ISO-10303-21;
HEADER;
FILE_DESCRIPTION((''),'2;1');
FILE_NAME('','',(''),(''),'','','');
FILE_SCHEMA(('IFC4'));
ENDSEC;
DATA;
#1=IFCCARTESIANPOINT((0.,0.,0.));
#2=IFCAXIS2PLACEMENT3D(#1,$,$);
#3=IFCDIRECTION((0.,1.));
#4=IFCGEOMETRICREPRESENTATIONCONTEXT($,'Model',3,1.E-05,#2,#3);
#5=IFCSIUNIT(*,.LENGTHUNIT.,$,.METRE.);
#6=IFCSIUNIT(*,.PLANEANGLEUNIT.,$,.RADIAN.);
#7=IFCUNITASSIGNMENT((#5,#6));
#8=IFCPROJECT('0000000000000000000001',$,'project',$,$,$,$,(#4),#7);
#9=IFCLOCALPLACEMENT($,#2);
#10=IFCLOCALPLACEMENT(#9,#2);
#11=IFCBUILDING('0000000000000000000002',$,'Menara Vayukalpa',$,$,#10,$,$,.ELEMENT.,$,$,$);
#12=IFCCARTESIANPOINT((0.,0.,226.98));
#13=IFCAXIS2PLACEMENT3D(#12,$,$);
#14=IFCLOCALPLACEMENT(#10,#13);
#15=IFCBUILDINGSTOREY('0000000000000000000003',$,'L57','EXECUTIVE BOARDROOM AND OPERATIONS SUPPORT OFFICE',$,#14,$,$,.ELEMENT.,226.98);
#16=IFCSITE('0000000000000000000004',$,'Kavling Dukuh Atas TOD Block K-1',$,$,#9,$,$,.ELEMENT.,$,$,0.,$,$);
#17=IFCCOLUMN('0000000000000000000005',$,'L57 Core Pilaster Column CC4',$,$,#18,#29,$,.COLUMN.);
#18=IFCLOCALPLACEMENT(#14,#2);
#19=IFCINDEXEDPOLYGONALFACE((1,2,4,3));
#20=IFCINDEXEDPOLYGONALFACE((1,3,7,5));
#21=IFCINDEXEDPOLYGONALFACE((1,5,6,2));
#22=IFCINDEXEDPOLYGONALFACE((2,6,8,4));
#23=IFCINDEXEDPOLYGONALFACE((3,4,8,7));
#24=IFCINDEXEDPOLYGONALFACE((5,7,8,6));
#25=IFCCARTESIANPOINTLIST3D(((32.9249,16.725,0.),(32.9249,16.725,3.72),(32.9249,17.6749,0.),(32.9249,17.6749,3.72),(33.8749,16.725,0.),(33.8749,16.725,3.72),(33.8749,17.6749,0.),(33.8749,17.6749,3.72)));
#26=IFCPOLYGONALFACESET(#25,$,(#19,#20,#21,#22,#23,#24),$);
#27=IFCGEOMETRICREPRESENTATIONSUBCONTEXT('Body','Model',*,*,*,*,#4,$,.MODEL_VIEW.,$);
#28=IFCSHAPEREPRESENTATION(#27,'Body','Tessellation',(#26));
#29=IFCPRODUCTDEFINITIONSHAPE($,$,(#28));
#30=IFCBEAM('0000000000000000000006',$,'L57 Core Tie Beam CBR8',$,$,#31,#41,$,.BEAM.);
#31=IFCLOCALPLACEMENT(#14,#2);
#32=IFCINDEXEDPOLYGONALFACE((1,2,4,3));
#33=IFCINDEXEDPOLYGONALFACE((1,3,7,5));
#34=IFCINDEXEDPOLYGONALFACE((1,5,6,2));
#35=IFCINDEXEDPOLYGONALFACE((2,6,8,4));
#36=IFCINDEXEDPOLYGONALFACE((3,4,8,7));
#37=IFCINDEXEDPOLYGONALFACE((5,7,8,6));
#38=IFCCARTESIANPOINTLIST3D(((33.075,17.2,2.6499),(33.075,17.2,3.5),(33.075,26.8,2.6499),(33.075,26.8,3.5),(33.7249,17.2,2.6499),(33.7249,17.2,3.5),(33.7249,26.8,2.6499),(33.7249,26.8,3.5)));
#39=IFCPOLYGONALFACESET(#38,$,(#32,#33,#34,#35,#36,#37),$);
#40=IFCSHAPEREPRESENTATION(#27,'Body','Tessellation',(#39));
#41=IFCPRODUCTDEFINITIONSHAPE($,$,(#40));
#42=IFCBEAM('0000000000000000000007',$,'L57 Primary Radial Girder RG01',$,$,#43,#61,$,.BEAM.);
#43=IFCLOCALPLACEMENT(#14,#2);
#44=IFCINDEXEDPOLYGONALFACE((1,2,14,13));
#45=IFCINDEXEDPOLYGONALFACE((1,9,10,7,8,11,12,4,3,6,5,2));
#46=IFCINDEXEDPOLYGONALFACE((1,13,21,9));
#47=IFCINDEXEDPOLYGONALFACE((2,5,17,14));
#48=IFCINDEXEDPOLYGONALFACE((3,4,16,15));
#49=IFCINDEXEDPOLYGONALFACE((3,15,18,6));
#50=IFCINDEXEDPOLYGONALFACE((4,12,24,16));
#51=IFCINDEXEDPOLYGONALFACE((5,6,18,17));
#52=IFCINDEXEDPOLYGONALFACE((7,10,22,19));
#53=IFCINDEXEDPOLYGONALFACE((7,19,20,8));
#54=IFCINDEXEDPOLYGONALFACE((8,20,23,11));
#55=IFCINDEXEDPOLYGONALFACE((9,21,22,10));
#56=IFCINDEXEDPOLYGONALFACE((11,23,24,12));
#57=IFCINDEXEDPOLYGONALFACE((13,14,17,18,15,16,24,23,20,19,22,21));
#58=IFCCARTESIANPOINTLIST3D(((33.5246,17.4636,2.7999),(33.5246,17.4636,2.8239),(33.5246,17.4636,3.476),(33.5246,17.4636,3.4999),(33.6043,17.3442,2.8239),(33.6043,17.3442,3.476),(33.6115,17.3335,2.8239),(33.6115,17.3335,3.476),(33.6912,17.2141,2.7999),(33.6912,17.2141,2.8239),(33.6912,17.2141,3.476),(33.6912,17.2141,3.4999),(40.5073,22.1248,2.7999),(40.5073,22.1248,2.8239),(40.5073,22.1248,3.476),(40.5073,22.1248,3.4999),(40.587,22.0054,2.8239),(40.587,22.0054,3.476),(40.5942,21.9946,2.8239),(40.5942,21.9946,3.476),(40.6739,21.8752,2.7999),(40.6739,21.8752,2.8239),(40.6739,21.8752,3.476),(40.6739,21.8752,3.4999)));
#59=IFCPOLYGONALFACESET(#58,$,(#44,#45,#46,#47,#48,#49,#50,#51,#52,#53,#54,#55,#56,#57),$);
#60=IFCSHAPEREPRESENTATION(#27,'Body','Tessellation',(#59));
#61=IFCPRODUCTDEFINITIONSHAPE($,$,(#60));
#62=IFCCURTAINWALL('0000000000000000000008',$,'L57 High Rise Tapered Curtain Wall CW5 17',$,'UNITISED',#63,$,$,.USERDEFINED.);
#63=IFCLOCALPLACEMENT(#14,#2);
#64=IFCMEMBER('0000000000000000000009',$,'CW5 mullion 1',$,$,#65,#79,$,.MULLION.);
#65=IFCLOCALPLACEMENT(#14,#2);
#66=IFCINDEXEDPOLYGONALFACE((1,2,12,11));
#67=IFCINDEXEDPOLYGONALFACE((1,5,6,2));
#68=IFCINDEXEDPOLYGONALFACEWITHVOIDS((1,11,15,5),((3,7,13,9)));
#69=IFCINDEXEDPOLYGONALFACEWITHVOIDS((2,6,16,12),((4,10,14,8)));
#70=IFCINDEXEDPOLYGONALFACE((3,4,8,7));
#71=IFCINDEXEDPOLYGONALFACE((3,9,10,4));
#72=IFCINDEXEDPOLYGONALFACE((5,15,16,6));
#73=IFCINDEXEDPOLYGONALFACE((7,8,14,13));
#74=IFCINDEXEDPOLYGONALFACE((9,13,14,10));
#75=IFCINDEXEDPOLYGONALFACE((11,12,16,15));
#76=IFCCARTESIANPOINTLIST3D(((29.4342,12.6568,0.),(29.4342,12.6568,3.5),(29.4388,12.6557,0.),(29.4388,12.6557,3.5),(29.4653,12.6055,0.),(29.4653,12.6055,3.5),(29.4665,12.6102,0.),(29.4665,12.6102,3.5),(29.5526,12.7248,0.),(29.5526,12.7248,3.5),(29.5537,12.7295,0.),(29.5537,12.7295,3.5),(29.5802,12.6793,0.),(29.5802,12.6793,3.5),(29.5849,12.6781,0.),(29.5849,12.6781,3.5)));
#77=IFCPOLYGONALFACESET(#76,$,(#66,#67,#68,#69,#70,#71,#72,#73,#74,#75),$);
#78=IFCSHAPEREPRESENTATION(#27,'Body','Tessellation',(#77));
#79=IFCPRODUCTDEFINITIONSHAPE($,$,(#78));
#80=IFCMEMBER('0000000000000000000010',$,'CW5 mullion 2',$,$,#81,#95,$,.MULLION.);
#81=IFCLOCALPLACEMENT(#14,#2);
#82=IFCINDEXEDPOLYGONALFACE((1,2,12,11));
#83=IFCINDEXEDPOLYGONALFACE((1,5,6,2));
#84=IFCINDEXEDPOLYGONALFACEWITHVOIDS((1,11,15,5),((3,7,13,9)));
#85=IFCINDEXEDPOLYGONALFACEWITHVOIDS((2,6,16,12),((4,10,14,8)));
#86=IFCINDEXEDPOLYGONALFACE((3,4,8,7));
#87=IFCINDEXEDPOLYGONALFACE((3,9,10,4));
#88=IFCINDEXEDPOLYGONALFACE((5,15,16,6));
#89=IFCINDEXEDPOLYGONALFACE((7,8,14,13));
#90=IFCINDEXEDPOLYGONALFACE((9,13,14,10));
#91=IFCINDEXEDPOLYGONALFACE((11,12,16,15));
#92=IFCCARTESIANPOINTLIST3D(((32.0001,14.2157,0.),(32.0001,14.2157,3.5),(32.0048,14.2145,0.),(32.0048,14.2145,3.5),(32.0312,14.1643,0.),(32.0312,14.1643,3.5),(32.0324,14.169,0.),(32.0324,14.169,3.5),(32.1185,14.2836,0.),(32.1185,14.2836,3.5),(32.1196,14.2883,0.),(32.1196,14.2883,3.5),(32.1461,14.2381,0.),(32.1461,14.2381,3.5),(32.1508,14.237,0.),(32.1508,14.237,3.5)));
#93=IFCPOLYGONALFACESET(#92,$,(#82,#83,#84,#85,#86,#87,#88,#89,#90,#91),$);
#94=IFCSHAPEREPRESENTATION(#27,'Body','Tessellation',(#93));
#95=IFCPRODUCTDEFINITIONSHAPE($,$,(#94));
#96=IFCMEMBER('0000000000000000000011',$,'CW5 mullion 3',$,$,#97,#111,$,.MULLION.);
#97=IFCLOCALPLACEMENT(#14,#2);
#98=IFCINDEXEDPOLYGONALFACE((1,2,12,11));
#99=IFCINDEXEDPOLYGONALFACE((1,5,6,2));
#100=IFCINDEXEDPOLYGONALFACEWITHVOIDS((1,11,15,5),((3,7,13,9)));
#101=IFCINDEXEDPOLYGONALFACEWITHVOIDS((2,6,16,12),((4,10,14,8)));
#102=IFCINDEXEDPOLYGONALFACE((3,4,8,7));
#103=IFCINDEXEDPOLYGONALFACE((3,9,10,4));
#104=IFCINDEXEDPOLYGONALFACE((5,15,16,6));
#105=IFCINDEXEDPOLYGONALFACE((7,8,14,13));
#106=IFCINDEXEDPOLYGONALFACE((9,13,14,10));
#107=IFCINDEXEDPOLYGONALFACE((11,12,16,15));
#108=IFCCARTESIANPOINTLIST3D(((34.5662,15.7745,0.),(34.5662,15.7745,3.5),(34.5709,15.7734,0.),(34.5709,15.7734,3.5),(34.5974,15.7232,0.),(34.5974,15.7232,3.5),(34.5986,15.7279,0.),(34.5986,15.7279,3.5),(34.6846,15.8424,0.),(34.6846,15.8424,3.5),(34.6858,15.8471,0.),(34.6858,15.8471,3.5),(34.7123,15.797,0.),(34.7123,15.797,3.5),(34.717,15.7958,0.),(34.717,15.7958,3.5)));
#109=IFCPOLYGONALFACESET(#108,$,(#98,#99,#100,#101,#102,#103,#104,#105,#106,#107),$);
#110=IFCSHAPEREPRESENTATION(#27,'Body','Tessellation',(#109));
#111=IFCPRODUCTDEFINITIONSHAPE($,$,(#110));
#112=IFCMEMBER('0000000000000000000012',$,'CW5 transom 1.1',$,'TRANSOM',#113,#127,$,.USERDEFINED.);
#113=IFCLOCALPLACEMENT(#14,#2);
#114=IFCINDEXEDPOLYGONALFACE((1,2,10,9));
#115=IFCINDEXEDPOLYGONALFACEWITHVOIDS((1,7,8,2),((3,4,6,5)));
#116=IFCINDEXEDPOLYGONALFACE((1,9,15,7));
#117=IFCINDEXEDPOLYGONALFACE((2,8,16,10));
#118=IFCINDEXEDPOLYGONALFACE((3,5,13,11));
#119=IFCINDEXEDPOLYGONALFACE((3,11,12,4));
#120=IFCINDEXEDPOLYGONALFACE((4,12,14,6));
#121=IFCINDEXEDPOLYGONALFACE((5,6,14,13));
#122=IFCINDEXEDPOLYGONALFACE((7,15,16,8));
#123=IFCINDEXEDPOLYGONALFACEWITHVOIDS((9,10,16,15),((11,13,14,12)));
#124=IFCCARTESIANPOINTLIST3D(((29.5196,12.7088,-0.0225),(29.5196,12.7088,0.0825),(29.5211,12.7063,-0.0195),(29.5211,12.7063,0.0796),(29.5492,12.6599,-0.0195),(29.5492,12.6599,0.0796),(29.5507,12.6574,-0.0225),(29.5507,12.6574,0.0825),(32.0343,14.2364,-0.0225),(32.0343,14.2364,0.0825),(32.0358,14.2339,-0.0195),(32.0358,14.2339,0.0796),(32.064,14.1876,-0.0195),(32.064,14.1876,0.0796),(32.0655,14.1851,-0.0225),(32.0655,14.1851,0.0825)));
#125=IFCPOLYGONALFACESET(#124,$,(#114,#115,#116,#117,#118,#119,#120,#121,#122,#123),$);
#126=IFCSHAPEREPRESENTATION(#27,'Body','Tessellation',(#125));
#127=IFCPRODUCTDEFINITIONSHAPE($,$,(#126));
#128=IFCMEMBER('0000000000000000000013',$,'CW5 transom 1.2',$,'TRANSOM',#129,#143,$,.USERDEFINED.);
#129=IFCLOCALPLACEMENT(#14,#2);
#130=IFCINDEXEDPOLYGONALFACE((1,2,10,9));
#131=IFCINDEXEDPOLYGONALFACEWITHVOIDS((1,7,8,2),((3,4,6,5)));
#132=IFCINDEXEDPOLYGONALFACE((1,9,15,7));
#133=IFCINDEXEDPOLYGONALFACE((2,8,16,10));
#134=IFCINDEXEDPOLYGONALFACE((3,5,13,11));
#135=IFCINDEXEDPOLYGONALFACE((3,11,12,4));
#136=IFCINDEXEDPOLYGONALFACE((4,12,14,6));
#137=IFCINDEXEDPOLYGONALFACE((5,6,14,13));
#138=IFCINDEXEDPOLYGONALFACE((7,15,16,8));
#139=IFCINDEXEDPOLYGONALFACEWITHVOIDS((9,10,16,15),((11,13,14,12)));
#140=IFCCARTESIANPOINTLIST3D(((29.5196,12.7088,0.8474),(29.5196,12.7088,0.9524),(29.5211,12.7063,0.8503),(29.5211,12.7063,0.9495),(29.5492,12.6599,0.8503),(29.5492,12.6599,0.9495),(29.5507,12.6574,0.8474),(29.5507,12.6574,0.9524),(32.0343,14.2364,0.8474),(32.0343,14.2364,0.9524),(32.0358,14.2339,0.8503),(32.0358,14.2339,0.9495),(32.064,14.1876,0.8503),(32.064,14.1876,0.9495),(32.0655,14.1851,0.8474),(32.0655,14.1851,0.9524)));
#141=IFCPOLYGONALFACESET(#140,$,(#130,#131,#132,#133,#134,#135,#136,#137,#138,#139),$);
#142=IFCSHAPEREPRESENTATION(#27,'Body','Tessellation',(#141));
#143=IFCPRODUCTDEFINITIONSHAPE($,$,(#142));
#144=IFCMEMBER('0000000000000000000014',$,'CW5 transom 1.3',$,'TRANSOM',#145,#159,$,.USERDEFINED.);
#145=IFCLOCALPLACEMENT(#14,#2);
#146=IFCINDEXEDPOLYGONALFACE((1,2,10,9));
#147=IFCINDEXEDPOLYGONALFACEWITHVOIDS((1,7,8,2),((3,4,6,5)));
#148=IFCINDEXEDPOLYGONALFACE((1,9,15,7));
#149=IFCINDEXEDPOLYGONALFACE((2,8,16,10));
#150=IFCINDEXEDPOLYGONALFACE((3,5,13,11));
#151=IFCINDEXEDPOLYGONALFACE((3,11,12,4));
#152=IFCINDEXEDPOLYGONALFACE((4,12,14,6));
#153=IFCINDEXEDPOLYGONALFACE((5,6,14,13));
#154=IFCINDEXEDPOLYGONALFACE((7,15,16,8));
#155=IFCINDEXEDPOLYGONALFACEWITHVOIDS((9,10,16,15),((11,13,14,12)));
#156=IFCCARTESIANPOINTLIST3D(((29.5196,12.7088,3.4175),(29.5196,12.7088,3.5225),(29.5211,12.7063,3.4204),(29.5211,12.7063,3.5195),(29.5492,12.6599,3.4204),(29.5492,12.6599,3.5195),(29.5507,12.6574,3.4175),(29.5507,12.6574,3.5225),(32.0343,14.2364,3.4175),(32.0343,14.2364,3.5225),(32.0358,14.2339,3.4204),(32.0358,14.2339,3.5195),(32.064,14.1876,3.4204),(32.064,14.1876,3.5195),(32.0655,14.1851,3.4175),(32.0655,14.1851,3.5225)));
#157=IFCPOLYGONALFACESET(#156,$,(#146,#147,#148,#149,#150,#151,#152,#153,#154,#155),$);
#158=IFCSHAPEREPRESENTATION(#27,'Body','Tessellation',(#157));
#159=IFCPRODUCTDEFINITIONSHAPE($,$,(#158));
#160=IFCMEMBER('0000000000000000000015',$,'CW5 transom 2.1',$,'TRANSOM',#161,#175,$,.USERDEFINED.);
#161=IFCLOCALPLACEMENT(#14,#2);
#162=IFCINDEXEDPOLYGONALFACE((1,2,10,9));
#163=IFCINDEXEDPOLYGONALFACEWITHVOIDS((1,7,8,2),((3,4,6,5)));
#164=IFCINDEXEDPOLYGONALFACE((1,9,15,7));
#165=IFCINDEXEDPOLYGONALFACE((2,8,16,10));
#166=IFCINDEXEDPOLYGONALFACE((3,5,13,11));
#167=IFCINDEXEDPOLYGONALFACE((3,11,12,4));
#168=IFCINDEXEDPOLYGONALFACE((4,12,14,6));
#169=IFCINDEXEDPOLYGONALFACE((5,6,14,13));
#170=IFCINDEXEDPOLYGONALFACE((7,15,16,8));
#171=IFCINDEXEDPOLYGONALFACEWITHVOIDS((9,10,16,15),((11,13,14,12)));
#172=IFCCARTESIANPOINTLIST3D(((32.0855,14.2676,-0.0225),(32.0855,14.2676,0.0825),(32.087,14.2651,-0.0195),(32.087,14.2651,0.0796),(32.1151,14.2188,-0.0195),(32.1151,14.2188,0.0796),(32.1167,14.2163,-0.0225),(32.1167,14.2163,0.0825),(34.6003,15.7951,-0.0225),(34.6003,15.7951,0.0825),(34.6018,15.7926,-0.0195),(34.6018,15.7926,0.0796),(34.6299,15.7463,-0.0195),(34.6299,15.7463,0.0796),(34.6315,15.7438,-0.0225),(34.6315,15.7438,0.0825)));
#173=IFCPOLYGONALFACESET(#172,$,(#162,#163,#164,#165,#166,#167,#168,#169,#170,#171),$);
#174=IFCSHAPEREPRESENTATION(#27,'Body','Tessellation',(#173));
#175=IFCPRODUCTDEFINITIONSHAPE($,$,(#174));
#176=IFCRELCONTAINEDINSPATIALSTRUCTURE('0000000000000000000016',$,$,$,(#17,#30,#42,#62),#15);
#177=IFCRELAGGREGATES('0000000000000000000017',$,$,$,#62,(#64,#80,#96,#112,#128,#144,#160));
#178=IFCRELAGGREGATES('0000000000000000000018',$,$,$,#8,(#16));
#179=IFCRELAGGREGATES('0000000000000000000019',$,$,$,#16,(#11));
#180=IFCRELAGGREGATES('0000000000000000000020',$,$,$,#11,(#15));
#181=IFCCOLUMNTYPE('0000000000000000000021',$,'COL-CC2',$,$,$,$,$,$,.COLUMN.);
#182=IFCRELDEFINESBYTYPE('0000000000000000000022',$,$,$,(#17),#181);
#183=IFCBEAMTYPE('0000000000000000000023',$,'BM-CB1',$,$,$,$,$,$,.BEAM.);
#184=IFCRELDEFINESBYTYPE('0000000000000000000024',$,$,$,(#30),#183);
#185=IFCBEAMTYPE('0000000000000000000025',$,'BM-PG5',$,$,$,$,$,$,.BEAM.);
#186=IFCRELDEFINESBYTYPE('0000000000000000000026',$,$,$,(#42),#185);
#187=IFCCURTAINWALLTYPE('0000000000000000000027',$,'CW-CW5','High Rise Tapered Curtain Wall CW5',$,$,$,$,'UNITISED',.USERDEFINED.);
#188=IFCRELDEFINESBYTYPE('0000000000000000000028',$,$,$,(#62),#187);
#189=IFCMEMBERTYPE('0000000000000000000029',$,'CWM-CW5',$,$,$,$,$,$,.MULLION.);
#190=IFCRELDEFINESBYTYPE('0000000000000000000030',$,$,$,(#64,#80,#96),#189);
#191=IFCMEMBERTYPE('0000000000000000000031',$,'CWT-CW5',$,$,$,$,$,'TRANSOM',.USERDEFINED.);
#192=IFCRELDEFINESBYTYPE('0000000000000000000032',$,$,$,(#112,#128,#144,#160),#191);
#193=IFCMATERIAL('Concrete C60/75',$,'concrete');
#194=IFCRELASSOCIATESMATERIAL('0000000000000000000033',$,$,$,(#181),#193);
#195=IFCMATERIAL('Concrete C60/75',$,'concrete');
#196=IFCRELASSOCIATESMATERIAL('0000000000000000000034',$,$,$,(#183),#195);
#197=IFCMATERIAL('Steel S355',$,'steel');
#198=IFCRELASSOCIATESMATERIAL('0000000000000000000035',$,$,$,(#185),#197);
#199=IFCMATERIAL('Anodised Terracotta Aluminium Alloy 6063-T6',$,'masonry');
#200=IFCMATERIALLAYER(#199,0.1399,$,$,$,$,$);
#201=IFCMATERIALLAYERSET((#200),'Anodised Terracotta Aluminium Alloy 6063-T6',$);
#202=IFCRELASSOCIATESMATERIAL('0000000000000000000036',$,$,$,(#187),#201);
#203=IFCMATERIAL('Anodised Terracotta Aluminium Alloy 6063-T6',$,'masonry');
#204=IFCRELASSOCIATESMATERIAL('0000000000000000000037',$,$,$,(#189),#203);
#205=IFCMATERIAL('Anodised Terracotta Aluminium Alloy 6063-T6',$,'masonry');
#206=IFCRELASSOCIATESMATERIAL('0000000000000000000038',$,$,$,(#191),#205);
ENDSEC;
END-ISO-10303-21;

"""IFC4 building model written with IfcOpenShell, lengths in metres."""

from ifc_helpers import new_model, si_unit, direction, frame, origin, origin_2d, place, context, subcontext, project, spatial, rectangle, hollow_rectangle, i_section, extrude, material, layer, layer_set, material_profile, profile_set, type_object, element, aggregate, save


model = new_model("IFC4")

# Units and contexts
model_context = context("Model", 3, precision=1e-05, world=origin(), true_north=direction((0.0, 1.0)))
body_context = subcontext(model_context, "Body", "Model", "MODEL_VIEW")
ifc_project = project(units=[si_unit("LENGTHUNIT", "METRE"), si_unit("PLANEANGLEUNIT", "RADIAN")], contexts=[model_context])

# Site, building, storey
site_placement = place(None, origin())
site = spatial("IfcSite", under=ifc_project, at=site_placement, Name="Kavling Dukuh Atas TOD Block K-1", CompositionType="ELEMENT", RefElevation=0.0)
building_placement = place(site_placement, origin())
building = spatial("IfcBuilding", under=site, at=building_placement, Name="Menara Vayukalpa", CompositionType="ELEMENT")
storey_placement = place(building_placement, frame((0.0, 0.0, 226.98)))
storey = spatial("IfcBuildingStorey", under=building, at=storey_placement, Name="L57", Description="EXECUTIVE BOARDROOM AND OPERATIONS SUPPORT OFFICE", CompositionType="ELEMENT", Elevation=226.98)

# Column
ifc_material_1 = material(Name="Concrete C60/75", Category="concrete")
ifc_material_profile_1 = material_profile(ifc_material_1, rectangle(XDim=0.95, YDim=0.95, at=origin_2d()), Name="RC 950x950")
ifc_profile_set_1 = profile_set([ifc_material_profile_1], Name="Concrete C60/75")
column_type = type_object("IfcColumnType", Name="COL-CC2", PredefinedType="COLUMN", material=ifc_profile_set_1)
column_placement = place(storey_placement, frame((33.3999, 17.2, 0.0), z_axis=(0.0, 0.0, 1.0), x_axis=(1.0, 0.0, 0.0)))
element("IfcColumn", 1, at=column_placement, inside=storey, type_object=column_type, Name="L57 Core Pilaster Column CC4", PredefinedType="COLUMN", context=body_context, shape_type="SweptSolid", body=[
    extrude(rectangle(XDim=0.95, YDim=0.95, at=origin_2d()), origin(), (0.0, 0.0, 1.0), 3.72),
])

# Beams
ifc_material_2 = material(Name="Concrete C60/75", Category="concrete")
ifc_material_profile_2 = material_profile(ifc_material_2, rectangle(XDim=0.6499, YDim=0.8501, at=origin_2d()), Name="RC 650x850")
ifc_profile_set_2 = profile_set([ifc_material_profile_2], Name="Concrete C60/75")
beam_type_1 = type_object("IfcBeamType", Name="BM-CB1", PredefinedType="BEAM", material=ifc_profile_set_2)
beam_1_placement = place(storey_placement, frame((33.3999, 17.2, 3.075), z_axis=(0.0, 1.0, 0.0), x_axis=(-1.0, 0.0, 0.0)))
element("IfcBeam", 2, at=beam_1_placement, inside=storey, type_object=beam_type_1, Name="L57 Core Tie Beam CBR8", PredefinedType="BEAM", context=body_context, shape_type="SweptSolid", body=[
    extrude(rectangle(XDim=0.6499, YDim=0.8501, at=origin_2d()), origin(), (0.0, 0.0, 1.0), 9.6001),
])
ifc_material_3 = material(Name="Steel S355", Category="steel")
ifc_material_profile_3 = material_profile(ifc_material_3, i_section(OverallWidth=0.3, OverallDepth=0.7, WebThickness=0.0129, FlangeThickness=0.0239, at=origin_2d()), Name="WF 700x300x13x24")
ifc_profile_set_3 = profile_set([ifc_material_profile_3], Name="Steel S355")
beam_type_2 = type_object("IfcBeamType", Name="BM-PG5", PredefinedType="BEAM", material=ifc_profile_set_3)
beam_2_placement = place(storey_placement, frame((33.6079, 17.3389, 3.1499), z_axis=(0.831719, 0.555197, 0.0), x_axis=(-0.555197, 0.831719, 0.0)))
element("IfcBeam", 3, at=beam_2_placement, inside=storey, type_object=beam_type_2, Name="L57 Primary Radial Girder RG01", PredefinedType="BEAM", context=body_context, shape_type="SweptSolid", body=[
    extrude(i_section(OverallWidth=0.3, OverallDepth=0.7, WebThickness=0.0129, FlangeThickness=0.0239, at=origin_2d()), origin(), (0.0, 0.0, 1.0), 8.3955),
])

# Curtain wall, members
ifc_material_4 = material(Name="Anodised Terracotta Aluminium Alloy 6063-T6", Category="masonry")
ifc_layer_1 = layer(ifc_material_4, 0.1399)
ifc_layer_set_1 = layer_set([ifc_layer_1], Name="Anodised Terracotta Aluminium Alloy 6063-T6")
curtain_wall_type = type_object("IfcCurtainWallType", Name="CW-CW5", Description="High Rise Tapered Curtain Wall CW5", ElementType="UNITISED", PredefinedType="USERDEFINED", material=ifc_layer_set_1)
curtain_wall_placement = place(storey_placement, origin())
curtain_wall = element("IfcCurtainWall", 4, at=curtain_wall_placement, inside=storey, type_object=curtain_wall_type, Name="L57 High Rise Tapered Curtain Wall CW5 17", ObjectType="UNITISED", PredefinedType="USERDEFINED")
ifc_material_5 = material(Name="Anodised Terracotta Aluminium Alloy 6063-T6", Category="masonry")
ifc_material_profile_4 = material_profile(ifc_material_5, hollow_rectangle(XDim=0.0601, YDim=0.1399, WallThickness=0.0034, at=origin_2d()), Name="ALU 60x140x3.5")
ifc_profile_set_4 = profile_set([ifc_material_profile_4], Name="Anodised Terracotta Aluminium Alloy 6063-T6")
member_type_1 = type_object("IfcMemberType", Name="CWM-CW5", PredefinedType="MULLION", material=ifc_profile_set_4)
member_1_placement = place(storey_placement, frame((29.5095, 12.6675, 0.0), z_axis=(0.0, 0.0, 1.0), x_axis=(-0.51918, 0.854665, 0.0)))
member_1 = element("IfcMember", 5, at=member_1_placement, type_object=member_type_1, Name="CW5 mullion 1", PredefinedType="MULLION", context=body_context, shape_type="SweptSolid", body=[
    extrude(hollow_rectangle(XDim=0.0601, YDim=0.1399, WallThickness=0.0034, at=origin_2d()), origin(), (0.0, 0.0, 1.0), 3.5),
])
member_2_placement = place(storey_placement, frame((32.0754, 14.2263, 0.0), z_axis=(0.0, 0.0, 1.0), x_axis=(-0.51918, 0.854665, 0.0)))
member_2 = element("IfcMember", 6, at=member_2_placement, type_object=member_type_1, Name="CW5 mullion 2", PredefinedType="MULLION", context=body_context, shape_type="SweptSolid", body=[
    extrude(hollow_rectangle(XDim=0.0601, YDim=0.1399, WallThickness=0.0034, at=origin_2d()), origin(), (0.0, 0.0, 1.0), 3.5),
])
member_3_placement = place(storey_placement, frame((34.6416, 15.7852, 0.0), z_axis=(0.0, 0.0, 1.0), x_axis=(-0.51918, 0.854665, 0.0)))
member_3 = element("IfcMember", 7, at=member_3_placement, type_object=member_type_1, Name="CW5 mullion 3", PredefinedType="MULLION", context=body_context, shape_type="SweptSolid", body=[
    extrude(hollow_rectangle(XDim=0.0601, YDim=0.1399, WallThickness=0.0034, at=origin_2d()), origin(), (0.0, 0.0, 1.0), 3.5),
])
ifc_material_6 = material(Name="Anodised Terracotta Aluminium Alloy 6063-T6", Category="masonry")
ifc_material_profile_5 = material_profile(ifc_material_6, hollow_rectangle(XDim=0.0601, YDim=0.105, WallThickness=0.0029, at=origin_2d()), Name="ALU 60x105x3")
ifc_profile_set_5 = profile_set([ifc_material_profile_5], Name="Anodised Terracotta Aluminium Alloy 6063-T6")
member_type_2 = type_object("IfcMemberType", Name="CWT-CW5", ElementType="TRANSOM", PredefinedType="USERDEFINED", material=ifc_profile_set_5)
member_4_placement = place(storey_placement, frame((29.5352, 12.6831, 0.03), z_axis=(0.854661, 0.519186, 0.0), x_axis=(-0.519186, 0.854661, 0.0)))
member_4 = element("IfcMember", 8, at=member_4_placement, type_object=member_type_2, Name="CW5 transom 1.1", ObjectType="TRANSOM", PredefinedType="USERDEFINED", context=body_context, shape_type="SweptSolid", body=[
    extrude(hollow_rectangle(XDim=0.0601, YDim=0.105, WallThickness=0.0029, at=origin_2d()), origin(), (0.0, 0.0, 1.0), 2.9424),
])
member_5_placement = place(storey_placement, frame((29.5352, 12.6831, 0.8999), z_axis=(0.854661, 0.519186, 0.0), x_axis=(-0.519186, 0.854661, 0.0)))
member_5 = element("IfcMember", 9, at=member_5_placement, type_object=member_type_2, Name="CW5 transom 1.2", ObjectType="TRANSOM", PredefinedType="USERDEFINED", context=body_context, shape_type="SweptSolid", body=[
    extrude(hollow_rectangle(XDim=0.0601, YDim=0.105, WallThickness=0.0029, at=origin_2d()), origin(), (0.0, 0.0, 1.0), 2.9424),
])
member_6_placement = place(storey_placement, frame((29.5352, 12.6831, 3.47), z_axis=(0.854661, 0.519186, 0.0), x_axis=(-0.519186, 0.854661, 0.0)))
member_6 = element("IfcMember", 10, at=member_6_placement, type_object=member_type_2, Name="CW5 transom 1.3", ObjectType="TRANSOM", PredefinedType="USERDEFINED", context=body_context, shape_type="SweptSolid", body=[
    extrude(hollow_rectangle(XDim=0.0601, YDim=0.105, WallThickness=0.0029, at=origin_2d()), origin(), (0.0, 0.0, 1.0), 2.9424),
])
member_7_placement = place(storey_placement, frame((32.1011, 14.2419, 0.03), z_axis=(0.854684, 0.519149, 0.0), x_axis=(-0.519149, 0.854684, 0.0)))
member_7 = element("IfcMember", 11, at=member_7_placement, type_object=member_type_2, Name="CW5 transom 2.1", ObjectType="TRANSOM", PredefinedType="USERDEFINED", context=body_context, shape_type="SweptSolid", body=[
    extrude(hollow_rectangle(XDim=0.0601, YDim=0.105, WallThickness=0.0029, at=origin_2d()), origin(), (0.0, 0.0, 1.0), 2.9424),
])
aggregate(curtain_wall, [member_1, member_2, member_3, member_4, member_5, member_6, member_7])

save(model, "model.ifc")
